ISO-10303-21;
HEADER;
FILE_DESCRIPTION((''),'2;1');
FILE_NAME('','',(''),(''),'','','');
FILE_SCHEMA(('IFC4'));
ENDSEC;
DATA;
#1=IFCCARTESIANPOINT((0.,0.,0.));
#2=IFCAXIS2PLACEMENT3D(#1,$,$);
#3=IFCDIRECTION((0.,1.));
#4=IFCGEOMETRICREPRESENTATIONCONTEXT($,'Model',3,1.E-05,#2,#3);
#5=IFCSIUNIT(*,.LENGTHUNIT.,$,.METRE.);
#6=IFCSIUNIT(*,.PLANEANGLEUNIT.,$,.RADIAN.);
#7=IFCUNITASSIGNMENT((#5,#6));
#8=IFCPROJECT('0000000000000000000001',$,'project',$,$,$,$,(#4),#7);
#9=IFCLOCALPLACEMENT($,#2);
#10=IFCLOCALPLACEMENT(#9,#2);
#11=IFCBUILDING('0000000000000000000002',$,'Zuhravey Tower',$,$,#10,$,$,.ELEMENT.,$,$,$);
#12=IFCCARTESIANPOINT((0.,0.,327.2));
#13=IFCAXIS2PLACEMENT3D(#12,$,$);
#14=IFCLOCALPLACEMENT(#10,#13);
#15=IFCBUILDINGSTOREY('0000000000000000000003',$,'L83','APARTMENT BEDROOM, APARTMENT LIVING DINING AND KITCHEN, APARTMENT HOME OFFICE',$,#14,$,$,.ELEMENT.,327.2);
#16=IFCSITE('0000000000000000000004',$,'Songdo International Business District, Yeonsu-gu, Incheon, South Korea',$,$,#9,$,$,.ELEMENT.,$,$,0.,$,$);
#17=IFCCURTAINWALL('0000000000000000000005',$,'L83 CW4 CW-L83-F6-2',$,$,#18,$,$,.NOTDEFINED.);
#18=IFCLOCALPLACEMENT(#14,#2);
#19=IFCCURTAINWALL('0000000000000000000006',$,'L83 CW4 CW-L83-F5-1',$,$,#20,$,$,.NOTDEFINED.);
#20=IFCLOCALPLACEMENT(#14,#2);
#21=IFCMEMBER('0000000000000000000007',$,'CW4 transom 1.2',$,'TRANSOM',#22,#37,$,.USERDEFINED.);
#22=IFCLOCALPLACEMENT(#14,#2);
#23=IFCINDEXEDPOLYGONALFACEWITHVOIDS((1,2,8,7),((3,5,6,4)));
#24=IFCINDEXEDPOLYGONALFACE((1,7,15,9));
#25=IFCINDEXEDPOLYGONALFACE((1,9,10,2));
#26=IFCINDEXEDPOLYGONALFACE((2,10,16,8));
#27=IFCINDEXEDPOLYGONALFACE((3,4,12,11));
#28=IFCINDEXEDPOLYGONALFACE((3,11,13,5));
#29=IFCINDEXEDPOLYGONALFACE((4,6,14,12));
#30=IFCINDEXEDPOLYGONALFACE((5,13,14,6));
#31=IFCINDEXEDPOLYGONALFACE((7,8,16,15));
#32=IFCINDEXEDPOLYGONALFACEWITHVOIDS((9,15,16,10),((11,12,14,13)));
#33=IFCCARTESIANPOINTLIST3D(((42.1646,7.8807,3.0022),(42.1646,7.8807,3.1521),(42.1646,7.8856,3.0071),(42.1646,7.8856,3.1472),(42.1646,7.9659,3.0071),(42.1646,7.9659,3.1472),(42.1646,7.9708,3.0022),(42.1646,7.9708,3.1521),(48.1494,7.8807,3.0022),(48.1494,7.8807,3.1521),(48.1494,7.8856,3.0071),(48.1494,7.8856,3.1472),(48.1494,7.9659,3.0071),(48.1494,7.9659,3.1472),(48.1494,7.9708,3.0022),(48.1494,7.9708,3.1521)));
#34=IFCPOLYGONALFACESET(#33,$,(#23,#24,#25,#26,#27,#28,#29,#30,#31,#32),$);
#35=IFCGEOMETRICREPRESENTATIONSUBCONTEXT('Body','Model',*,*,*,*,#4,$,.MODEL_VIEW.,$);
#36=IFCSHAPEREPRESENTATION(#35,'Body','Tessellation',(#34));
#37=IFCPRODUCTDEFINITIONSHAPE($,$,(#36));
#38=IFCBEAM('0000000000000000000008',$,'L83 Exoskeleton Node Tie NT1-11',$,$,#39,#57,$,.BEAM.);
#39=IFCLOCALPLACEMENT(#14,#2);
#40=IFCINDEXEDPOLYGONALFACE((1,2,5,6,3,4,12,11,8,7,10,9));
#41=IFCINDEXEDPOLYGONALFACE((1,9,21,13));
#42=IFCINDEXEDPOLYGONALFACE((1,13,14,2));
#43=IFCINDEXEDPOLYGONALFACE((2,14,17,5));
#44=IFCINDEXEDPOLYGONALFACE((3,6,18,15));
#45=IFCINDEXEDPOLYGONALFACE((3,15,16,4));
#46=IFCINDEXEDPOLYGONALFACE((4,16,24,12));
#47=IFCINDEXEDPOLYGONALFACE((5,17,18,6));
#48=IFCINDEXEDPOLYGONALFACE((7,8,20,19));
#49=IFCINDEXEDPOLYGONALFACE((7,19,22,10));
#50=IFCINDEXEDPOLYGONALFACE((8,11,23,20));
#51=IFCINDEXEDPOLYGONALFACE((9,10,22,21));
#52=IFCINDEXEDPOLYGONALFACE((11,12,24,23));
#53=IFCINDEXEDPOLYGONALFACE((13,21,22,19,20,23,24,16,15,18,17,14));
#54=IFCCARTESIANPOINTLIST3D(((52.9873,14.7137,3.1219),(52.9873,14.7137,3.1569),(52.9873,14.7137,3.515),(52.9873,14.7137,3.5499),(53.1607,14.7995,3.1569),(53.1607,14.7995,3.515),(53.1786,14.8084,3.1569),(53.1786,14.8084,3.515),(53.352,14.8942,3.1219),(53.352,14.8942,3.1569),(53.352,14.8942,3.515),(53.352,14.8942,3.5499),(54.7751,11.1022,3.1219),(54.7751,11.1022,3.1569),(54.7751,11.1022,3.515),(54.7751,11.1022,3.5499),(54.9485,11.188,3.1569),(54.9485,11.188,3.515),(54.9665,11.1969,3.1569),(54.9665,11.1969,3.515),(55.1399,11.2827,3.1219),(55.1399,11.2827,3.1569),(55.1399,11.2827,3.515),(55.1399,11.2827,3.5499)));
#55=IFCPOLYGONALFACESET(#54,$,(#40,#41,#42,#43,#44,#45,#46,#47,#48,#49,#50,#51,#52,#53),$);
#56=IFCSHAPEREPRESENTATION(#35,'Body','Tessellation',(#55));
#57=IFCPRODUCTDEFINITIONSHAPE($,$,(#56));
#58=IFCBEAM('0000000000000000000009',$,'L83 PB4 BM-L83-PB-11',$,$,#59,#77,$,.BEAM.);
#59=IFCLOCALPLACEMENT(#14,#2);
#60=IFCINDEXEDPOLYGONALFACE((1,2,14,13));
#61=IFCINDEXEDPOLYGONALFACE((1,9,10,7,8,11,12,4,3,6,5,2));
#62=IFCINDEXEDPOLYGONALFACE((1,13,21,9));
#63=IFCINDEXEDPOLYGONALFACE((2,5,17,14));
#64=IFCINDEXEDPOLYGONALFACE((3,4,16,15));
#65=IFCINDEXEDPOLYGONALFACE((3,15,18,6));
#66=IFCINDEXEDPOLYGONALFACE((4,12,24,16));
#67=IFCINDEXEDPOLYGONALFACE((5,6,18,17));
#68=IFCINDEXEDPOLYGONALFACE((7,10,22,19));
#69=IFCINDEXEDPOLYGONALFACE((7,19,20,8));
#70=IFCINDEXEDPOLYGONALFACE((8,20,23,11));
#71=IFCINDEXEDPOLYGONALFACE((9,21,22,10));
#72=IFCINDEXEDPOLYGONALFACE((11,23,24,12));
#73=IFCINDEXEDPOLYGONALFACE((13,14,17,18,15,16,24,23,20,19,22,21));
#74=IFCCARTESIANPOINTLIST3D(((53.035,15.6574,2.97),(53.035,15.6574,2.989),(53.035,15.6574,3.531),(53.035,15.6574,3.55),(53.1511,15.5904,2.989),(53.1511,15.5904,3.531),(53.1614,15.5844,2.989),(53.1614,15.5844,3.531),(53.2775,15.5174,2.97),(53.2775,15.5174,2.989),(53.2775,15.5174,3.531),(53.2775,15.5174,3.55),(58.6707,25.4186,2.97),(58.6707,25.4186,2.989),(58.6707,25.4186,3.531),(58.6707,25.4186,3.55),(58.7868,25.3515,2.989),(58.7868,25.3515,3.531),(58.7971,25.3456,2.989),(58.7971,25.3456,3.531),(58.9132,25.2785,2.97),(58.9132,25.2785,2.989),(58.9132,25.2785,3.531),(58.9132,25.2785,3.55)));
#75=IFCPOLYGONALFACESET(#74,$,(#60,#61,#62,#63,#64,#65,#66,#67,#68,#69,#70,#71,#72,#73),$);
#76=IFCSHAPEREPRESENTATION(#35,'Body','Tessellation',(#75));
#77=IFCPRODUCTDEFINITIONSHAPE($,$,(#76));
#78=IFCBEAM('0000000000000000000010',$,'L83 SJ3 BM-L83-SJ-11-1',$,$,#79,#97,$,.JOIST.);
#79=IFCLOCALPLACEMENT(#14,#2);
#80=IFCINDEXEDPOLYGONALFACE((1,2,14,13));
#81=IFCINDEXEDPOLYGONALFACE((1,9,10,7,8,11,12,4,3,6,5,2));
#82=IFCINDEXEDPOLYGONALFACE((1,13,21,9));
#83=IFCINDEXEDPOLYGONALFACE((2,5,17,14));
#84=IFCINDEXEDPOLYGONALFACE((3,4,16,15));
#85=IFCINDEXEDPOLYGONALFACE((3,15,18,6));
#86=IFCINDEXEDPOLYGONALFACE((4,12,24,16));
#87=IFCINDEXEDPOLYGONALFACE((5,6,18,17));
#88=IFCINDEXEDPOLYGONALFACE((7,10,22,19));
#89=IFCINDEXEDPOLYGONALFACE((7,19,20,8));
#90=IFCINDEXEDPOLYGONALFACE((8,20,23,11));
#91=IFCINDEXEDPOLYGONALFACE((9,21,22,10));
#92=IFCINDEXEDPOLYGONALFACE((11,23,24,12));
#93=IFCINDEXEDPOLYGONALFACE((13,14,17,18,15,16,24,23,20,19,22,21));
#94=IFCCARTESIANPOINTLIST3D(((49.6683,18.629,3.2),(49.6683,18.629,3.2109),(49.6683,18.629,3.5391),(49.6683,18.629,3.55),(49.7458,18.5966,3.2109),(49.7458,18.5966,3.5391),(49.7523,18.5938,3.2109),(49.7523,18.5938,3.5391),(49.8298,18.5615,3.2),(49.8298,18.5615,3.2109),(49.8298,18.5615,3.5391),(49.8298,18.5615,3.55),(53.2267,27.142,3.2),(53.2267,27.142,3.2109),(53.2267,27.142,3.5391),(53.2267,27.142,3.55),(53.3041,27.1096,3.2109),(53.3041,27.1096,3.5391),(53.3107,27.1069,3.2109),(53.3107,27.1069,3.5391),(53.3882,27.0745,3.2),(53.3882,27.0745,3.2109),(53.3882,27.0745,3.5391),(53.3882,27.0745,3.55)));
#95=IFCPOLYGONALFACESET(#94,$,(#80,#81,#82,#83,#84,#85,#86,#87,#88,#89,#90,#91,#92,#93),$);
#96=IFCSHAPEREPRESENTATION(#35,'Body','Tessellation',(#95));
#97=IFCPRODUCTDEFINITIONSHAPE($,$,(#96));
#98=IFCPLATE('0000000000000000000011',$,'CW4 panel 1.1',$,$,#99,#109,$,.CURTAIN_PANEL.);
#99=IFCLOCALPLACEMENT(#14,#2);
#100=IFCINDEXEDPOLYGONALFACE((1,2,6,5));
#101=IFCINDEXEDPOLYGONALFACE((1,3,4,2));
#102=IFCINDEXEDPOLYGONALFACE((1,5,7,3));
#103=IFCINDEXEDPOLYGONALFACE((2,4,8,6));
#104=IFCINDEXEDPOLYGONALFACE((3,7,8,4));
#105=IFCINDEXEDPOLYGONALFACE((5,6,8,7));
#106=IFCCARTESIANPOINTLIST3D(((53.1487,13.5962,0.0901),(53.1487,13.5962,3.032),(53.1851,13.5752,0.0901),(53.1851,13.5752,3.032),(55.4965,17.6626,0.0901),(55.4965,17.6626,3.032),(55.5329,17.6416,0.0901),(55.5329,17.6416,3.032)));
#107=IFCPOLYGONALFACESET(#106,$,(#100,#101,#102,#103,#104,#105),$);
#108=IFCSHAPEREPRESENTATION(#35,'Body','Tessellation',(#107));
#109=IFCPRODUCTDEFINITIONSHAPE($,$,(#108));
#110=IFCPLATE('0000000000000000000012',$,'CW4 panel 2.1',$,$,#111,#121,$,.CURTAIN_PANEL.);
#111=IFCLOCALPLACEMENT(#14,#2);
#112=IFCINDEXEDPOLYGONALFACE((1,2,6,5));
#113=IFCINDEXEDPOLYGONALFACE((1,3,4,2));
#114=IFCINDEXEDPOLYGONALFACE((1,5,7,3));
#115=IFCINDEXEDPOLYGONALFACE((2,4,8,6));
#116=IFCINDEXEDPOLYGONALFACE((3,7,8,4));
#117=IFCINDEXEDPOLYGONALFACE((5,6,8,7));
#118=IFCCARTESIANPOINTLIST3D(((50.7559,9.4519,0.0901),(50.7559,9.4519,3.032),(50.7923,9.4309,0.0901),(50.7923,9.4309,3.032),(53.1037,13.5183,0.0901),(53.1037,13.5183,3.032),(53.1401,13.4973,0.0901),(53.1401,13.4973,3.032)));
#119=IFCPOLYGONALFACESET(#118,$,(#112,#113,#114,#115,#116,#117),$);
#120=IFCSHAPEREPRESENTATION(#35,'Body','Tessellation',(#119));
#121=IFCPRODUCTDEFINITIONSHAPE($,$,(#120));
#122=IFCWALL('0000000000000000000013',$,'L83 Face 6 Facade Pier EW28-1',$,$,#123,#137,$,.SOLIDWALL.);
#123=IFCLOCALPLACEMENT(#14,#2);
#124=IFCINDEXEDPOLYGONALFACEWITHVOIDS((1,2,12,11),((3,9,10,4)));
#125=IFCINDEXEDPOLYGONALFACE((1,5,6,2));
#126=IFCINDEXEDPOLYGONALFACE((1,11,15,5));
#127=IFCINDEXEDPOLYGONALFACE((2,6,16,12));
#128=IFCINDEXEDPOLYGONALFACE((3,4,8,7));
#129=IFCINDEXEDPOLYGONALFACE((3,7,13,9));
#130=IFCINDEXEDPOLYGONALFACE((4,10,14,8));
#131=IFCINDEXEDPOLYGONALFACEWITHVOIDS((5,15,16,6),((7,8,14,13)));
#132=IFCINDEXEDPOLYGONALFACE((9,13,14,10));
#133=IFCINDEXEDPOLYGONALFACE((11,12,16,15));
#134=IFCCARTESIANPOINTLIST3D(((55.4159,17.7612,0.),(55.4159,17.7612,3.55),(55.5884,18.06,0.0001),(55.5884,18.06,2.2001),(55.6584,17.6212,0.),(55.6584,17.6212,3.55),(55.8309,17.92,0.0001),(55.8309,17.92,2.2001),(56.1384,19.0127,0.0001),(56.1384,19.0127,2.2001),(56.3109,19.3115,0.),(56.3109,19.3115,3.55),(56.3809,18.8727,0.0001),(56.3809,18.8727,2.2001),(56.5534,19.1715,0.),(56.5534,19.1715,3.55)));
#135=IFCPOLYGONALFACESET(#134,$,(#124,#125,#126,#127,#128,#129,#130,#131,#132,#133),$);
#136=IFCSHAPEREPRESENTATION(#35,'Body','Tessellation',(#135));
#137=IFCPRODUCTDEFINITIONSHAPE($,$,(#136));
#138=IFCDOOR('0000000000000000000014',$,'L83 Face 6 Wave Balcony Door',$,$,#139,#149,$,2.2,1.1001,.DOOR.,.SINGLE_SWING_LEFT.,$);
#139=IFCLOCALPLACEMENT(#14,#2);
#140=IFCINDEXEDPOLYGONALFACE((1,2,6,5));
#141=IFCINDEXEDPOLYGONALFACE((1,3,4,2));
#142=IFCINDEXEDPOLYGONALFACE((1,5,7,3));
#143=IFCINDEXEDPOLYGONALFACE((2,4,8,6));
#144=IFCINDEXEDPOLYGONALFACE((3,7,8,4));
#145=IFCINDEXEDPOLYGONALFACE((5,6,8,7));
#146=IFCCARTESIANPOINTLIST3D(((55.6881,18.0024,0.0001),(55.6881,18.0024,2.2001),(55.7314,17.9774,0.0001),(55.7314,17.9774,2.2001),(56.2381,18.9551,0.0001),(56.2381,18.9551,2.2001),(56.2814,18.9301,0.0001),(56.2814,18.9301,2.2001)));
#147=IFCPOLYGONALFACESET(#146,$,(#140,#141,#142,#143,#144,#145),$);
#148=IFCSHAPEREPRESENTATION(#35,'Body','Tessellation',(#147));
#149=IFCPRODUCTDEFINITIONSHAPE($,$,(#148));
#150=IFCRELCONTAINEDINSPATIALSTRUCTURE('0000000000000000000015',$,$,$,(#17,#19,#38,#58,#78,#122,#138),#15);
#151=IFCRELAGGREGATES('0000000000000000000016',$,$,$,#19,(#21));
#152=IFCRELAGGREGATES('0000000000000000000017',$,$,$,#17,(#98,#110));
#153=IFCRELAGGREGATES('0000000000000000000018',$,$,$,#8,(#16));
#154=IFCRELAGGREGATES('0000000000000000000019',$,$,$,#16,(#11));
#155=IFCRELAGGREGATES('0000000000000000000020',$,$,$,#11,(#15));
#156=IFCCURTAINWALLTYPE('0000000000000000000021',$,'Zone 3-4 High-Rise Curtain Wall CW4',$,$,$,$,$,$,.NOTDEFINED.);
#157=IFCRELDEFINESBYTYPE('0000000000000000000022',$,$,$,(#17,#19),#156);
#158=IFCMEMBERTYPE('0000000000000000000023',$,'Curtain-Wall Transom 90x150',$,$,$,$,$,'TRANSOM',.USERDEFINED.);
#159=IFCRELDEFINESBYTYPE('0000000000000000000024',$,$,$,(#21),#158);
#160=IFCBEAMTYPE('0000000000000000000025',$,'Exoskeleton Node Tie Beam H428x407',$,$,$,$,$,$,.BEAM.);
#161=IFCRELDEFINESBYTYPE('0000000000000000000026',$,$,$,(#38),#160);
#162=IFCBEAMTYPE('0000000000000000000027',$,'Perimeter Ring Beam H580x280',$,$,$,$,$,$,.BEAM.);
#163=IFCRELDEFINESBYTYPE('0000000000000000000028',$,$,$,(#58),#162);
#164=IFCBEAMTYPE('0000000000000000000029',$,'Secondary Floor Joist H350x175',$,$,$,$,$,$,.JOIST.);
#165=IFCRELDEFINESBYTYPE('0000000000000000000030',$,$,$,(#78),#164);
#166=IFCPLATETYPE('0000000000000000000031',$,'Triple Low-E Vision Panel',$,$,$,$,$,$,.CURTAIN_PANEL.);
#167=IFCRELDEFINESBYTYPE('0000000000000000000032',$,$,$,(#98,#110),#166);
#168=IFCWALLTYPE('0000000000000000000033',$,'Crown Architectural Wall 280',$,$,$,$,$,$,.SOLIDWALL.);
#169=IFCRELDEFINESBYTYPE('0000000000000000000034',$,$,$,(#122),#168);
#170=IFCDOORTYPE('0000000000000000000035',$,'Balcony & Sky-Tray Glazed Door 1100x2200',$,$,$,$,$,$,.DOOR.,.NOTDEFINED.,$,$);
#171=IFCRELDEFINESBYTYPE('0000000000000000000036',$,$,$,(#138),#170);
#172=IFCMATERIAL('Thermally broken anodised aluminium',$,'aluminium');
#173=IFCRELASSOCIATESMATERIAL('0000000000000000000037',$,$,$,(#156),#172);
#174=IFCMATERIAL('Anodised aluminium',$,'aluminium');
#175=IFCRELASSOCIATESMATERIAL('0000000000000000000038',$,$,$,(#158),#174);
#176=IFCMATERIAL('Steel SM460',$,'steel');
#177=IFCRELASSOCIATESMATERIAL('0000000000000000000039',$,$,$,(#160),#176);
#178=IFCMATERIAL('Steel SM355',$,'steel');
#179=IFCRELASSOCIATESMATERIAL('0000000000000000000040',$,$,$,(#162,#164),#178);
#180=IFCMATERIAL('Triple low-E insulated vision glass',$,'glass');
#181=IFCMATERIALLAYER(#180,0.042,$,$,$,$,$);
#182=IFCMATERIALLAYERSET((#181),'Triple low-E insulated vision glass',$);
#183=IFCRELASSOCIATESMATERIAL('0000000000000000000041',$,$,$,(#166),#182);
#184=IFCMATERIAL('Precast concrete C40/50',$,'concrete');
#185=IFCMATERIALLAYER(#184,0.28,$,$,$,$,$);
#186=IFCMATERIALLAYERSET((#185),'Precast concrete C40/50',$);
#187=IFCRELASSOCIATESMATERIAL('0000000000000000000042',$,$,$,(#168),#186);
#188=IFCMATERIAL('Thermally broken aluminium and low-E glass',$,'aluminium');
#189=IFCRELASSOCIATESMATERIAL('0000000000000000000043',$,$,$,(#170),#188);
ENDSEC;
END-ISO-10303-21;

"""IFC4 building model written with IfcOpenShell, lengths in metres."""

from ifc_helpers import new_model, si_unit, direction, frame, frame_2d, origin, origin_2d, place, context, subcontext, project, spatial, rectangle, hollow_rectangle, i_section, extrude, material, layer, layer_set, material_profile, profile_set, type_object, element, fill, aggregate, save


model = new_model("IFC4")

# Units and contexts
model_context = context("Model", 3, precision=1e-05, world=origin(), true_north=direction((0.0, 1.0)))
body_context = subcontext(model_context, "Body", "Model", "MODEL_VIEW")
ifc_project = project(units=[si_unit("LENGTHUNIT", "METRE"), si_unit("PLANEANGLEUNIT", "RADIAN")], contexts=[model_context])

# Site, building, storey
site_placement = place(None, origin())
site = spatial("IfcSite", under=ifc_project, at=site_placement, Name="Songdo International Business District, Yeonsu-gu, Incheon, South Korea", CompositionType="ELEMENT", RefElevation=0.0)
building_placement = place(site_placement, origin())
building = spatial("IfcBuilding", under=site, at=building_placement, Name="Zuhravey Tower", CompositionType="ELEMENT")
storey_placement = place(building_placement, frame((0.0, 0.0, 327.2)))
storey = spatial("IfcBuildingStorey", under=building, at=storey_placement, Name="L83", Description="APARTMENT BEDROOM, APARTMENT LIVING DINING AND KITCHEN, APARTMENT HOME OFFICE", CompositionType="ELEMENT", Elevation=327.2)

# Shared definitions
ifc_material_1 = material(Name="Thermally broken anodised aluminium", Category="aluminium")
curtain_wall_type = type_object("IfcCurtainWallType", Name="Zone 3-4 High-Rise Curtain Wall CW4", PredefinedType="NOTDEFINED", material=ifc_material_1)
ifc_material_2 = material(Name="Anodised aluminium", Category="aluminium")

# Curtain wall
curtain_wall_1_placement = place(storey_placement, origin())
curtain_wall_1 = element("IfcCurtainWall", 1, at=curtain_wall_1_placement, inside=storey, type_object=curtain_wall_type, Name="L83 CW4 CW-L83-F6-2", PredefinedType="NOTDEFINED")

# Curtain wall
curtain_wall_2_placement = place(storey_placement, origin())
curtain_wall_2 = element("IfcCurtainWall", 2, at=curtain_wall_2_placement, inside=storey, type_object=curtain_wall_type, Name="L83 CW4 CW-L83-F5-1", PredefinedType="NOTDEFINED")

# Member
ifc_material_profile_1 = material_profile(ifc_material_2, hollow_rectangle(XDim=0.0901, YDim=0.1499, WallThickness=0.0049, at=origin_2d()), Name="ALU-RHS-90x150x5")
ifc_profile_set_1 = profile_set([ifc_material_profile_1], Name="Anodised aluminium")
member_type_1 = type_object("IfcMemberType", Name="Curtain-Wall Transom 90x150", ElementType="TRANSOM", PredefinedType="USERDEFINED", material=ifc_profile_set_1)
member_1_placement = place(storey_placement, frame((48.1494, 7.9258, 3.0771), z_axis=(-1.0, 0.0, 0.0), x_axis=(0.0, -1.0, 0.0)))
member_1 = element("IfcMember", 3, at=member_1_placement, type_object=member_type_1, Name="CW4 transom 1.2", ObjectType="TRANSOM", PredefinedType="USERDEFINED", context=body_context, shape_type="SweptSolid", body=[
    extrude(hollow_rectangle(XDim=0.0901, YDim=0.1499, WallThickness=0.0049, at=origin_2d()), origin(), (0.0, 0.0, 1.0), 5.9849),
])
aggregate(curtain_wall_2, [member_1])

# Beams
ifc_material_3 = material(Name="Steel SM460", Category="steel")
ifc_material_profile_2 = material_profile(ifc_material_3, i_section(OverallWidth=0.407, OverallDepth=0.428, WebThickness=0.02, FlangeThickness=0.0349, at=origin_2d()), Name="H-428x407x20x35")
ifc_profile_set_2 = profile_set([ifc_material_profile_2], Name="Steel SM460")
beam_type_1 = type_object("IfcBeamType", Name="Exoskeleton Node Tie Beam H428x407", PredefinedType="BEAM", material=ifc_profile_set_2)
beam_1_placement = place(storey_placement, frame((53.1697, 14.804, 3.3359), z_axis=(0.443648, -0.896201, 0.0), x_axis=(0.896201, 0.443648, 0.0)))
element("IfcBeam", 4, at=beam_1_placement, inside=storey, type_object=beam_type_1, Name="L83 Exoskeleton Node Tie NT1-11", PredefinedType="BEAM", context=body_context, shape_type="SweptSolid", body=[
    extrude(i_section(OverallWidth=0.407, OverallDepth=0.428, WebThickness=0.02, FlangeThickness=0.0349, at=origin_2d()), origin(), (0.0, 0.0, 1.0), 4.0298),
])
ifc_material_4 = material(Name="Steel SM355", Category="steel")
ifc_material_profile_3 = material_profile(ifc_material_4, i_section(OverallWidth=0.28, OverallDepth=0.5801, WebThickness=0.012, FlangeThickness=0.019, at=origin_2d()), Name="H-580x280x12x19")
ifc_profile_set_3 = profile_set([ifc_material_profile_3], Name="Steel SM355")
beam_type_2 = type_object("IfcBeamType", Name="Perimeter Ring Beam H580x280", PredefinedType="BEAM", material=ifc_profile_set_3)
beam_2_placement = place(storey_placement, frame((53.1562, 15.5874, 3.26), z_axis=(0.500006, 0.866022, 0.0), x_axis=(-0.866022, 0.500006, 0.0)))
element("IfcBeam", 5, at=beam_2_placement, inside=storey, type_object=beam_type_2, Name="L83 PB4 BM-L83-PB-11", PredefinedType="BEAM", context=body_context, shape_type="SweptSolid", body=[
    extrude(i_section(OverallWidth=0.28, OverallDepth=0.5801, WebThickness=0.012, FlangeThickness=0.019, at=origin_2d()), origin(), (0.0, 0.0, 1.0), 11.2712),
])
ifc_material_profile_4 = material_profile(ifc_material_4, i_section(OverallWidth=0.175, OverallDepth=0.3501, WebThickness=0.0071, FlangeThickness=0.011, at=origin_2d()), Name="H-350x175x7x11")
ifc_profile_set_4 = profile_set([ifc_material_profile_4], Name="Steel SM355")
beam_type_3 = type_object("IfcBeamType", Name="Secondary Floor Joist H350x175", PredefinedType="JOIST", material=ifc_profile_set_4)
beam_3_placement = place(storey_placement, frame((49.749, 18.5952, 3.375), z_axis=(0.385658, 0.922642, 0.0), x_axis=(-0.922642, 0.385658, 0.0)))
element("IfcBeam", 6, at=beam_3_placement, inside=storey, type_object=beam_type_3, Name="L83 SJ3 BM-L83-SJ-11-1", PredefinedType="JOIST", context=body_context, shape_type="SweptSolid", body=[
    extrude(i_section(OverallWidth=0.175, OverallDepth=0.3501, WebThickness=0.0071, FlangeThickness=0.011, at=origin_2d()), origin(), (0.0, 0.0, 1.0), 9.2268),
])

# Plates
ifc_material_5 = material(Name="Triple low-E insulated vision glass", Category="glass")
ifc_layer_1 = layer(ifc_material_5, 0.042)
ifc_layer_set_1 = layer_set([ifc_layer_1], Name="Triple low-E insulated vision glass")
plate_type = type_object("IfcPlateType", Name="Triple Low-E Vision Panel", PredefinedType="CURTAIN_PANEL", material=ifc_layer_set_1)
plate_1_placement = place(storey_placement, frame((54.3408, 15.6189, 0.0901), z_axis=(0.0, 0.0, 1.0), x_axis=(-0.500002, -0.866024, 0.0)))
plate_1 = element("IfcPlate", 7, at=plate_1_placement, type_object=plate_type, Name="CW4 panel 1.1", PredefinedType="CURTAIN_PANEL", context=body_context, shape_type="SweptSolid", body=[
    extrude(rectangle(XDim=4.6956, YDim=0.042, at=origin_2d()), origin(), (0.0, 0.0, 1.0), 2.9419),
])
plate_2_placement = place(storey_placement, frame((51.948, 11.4746, 0.0901), z_axis=(0.0, 0.0, 1.0), x_axis=(-0.500002, -0.866024, 0.0)))
plate_2 = element("IfcPlate", 8, at=plate_2_placement, type_object=plate_type, Name="CW4 panel 2.1", PredefinedType="CURTAIN_PANEL", context=body_context, shape_type="SweptSolid", body=[
    extrude(rectangle(XDim=4.6956, YDim=0.042, at=origin_2d()), origin(), (0.0, 0.0, 1.0), 2.9419),
])
aggregate(curtain_wall_1, [plate_1, plate_2])

# Wall, opening, door
ifc_material_6 = material(Name="Precast concrete C40/50", Category="concrete")
ifc_layer_2 = layer(ifc_material_6, 0.28)
ifc_layer_set_2 = layer_set([ifc_layer_2], Name="Precast concrete C40/50")
wall_type_1 = type_object("IfcWallType", Name="Crown Architectural Wall 280", PredefinedType="SOLIDWALL", material=ifc_layer_set_2)
wall_1_placement = place(storey_placement, frame((56.4321, 19.2415, 0.0), z_axis=(0.0, 0.0, 1.0), x_axis=(-0.499982, -0.866036, 0.0)))
wall_1 = element("IfcWall", 9, at=wall_1_placement, inside=storey, type_object=wall_type_1, Name="L83 Face 6 Facade Pier EW28-1", PredefinedType="SOLIDWALL", context=body_context, shape_type="SweptSolid", body=[
    extrude(rectangle(XDim=1.79, YDim=0.28, at=frame_2d((0.895, 0.0))), origin(), (0.0, 0.0, 1.0), 3.55),
])
opening_1_placement = place(wall_1_placement, frame((0.345, 0.0, 0.0)))
opening_1 = element("IfcOpeningElement", 10, at=opening_1_placement, cuts=wall_1, PredefinedType="OPENING", context=body_context, shape_type="SweptSolid", body=[
    extrude(rectangle(XDim=1.1001, YDim=2.2, at=frame_2d((0.55, 1.1001))), frame((0.0, 0.1521, 0.0), z_axis=(0.0, -1.0, 0.0), x_axis=(1.0, 0.0, 0.0)), (0.0, 0.0, 1.0), 0.304),
])
ifc_material_7 = material(Name="Thermally broken aluminium and low-E glass", Category="aluminium")
door_type = type_object("IfcDoorType", Name="Balcony & Sky-Tray Glazed Door 1100x2200", OperationType="NOTDEFINED", PredefinedType="DOOR", material=ifc_material_7)
door_placement = place(opening_1_placement, frame((1.1001, 0.0, 0.0), z_axis=(0.0, 0.0, 1.0), x_axis=(-1.0, 0.0, 0.0)))
door = element("IfcDoor", 11, at=door_placement, inside=storey, type_object=door_type, Name="L83 Face 6 Wave Balcony Door", OperationType="SINGLE_SWING_LEFT", OverallHeight=2.2, OverallWidth=1.1001, PredefinedType="DOOR", context=body_context, shape_type="SweptSolid", body=[
    extrude(rectangle(XDim=1.1001, YDim=2.2, at=frame_2d((0.55, 1.1001))), frame((0.0, 0.0249, 0.0), z_axis=(0.0, -1.0, 0.0), x_axis=(1.0, 0.0, 0.0)), (0.0, 0.0, 1.0), 0.05),
])
fill(opening_1, door)

save(model, "model.ifc")
